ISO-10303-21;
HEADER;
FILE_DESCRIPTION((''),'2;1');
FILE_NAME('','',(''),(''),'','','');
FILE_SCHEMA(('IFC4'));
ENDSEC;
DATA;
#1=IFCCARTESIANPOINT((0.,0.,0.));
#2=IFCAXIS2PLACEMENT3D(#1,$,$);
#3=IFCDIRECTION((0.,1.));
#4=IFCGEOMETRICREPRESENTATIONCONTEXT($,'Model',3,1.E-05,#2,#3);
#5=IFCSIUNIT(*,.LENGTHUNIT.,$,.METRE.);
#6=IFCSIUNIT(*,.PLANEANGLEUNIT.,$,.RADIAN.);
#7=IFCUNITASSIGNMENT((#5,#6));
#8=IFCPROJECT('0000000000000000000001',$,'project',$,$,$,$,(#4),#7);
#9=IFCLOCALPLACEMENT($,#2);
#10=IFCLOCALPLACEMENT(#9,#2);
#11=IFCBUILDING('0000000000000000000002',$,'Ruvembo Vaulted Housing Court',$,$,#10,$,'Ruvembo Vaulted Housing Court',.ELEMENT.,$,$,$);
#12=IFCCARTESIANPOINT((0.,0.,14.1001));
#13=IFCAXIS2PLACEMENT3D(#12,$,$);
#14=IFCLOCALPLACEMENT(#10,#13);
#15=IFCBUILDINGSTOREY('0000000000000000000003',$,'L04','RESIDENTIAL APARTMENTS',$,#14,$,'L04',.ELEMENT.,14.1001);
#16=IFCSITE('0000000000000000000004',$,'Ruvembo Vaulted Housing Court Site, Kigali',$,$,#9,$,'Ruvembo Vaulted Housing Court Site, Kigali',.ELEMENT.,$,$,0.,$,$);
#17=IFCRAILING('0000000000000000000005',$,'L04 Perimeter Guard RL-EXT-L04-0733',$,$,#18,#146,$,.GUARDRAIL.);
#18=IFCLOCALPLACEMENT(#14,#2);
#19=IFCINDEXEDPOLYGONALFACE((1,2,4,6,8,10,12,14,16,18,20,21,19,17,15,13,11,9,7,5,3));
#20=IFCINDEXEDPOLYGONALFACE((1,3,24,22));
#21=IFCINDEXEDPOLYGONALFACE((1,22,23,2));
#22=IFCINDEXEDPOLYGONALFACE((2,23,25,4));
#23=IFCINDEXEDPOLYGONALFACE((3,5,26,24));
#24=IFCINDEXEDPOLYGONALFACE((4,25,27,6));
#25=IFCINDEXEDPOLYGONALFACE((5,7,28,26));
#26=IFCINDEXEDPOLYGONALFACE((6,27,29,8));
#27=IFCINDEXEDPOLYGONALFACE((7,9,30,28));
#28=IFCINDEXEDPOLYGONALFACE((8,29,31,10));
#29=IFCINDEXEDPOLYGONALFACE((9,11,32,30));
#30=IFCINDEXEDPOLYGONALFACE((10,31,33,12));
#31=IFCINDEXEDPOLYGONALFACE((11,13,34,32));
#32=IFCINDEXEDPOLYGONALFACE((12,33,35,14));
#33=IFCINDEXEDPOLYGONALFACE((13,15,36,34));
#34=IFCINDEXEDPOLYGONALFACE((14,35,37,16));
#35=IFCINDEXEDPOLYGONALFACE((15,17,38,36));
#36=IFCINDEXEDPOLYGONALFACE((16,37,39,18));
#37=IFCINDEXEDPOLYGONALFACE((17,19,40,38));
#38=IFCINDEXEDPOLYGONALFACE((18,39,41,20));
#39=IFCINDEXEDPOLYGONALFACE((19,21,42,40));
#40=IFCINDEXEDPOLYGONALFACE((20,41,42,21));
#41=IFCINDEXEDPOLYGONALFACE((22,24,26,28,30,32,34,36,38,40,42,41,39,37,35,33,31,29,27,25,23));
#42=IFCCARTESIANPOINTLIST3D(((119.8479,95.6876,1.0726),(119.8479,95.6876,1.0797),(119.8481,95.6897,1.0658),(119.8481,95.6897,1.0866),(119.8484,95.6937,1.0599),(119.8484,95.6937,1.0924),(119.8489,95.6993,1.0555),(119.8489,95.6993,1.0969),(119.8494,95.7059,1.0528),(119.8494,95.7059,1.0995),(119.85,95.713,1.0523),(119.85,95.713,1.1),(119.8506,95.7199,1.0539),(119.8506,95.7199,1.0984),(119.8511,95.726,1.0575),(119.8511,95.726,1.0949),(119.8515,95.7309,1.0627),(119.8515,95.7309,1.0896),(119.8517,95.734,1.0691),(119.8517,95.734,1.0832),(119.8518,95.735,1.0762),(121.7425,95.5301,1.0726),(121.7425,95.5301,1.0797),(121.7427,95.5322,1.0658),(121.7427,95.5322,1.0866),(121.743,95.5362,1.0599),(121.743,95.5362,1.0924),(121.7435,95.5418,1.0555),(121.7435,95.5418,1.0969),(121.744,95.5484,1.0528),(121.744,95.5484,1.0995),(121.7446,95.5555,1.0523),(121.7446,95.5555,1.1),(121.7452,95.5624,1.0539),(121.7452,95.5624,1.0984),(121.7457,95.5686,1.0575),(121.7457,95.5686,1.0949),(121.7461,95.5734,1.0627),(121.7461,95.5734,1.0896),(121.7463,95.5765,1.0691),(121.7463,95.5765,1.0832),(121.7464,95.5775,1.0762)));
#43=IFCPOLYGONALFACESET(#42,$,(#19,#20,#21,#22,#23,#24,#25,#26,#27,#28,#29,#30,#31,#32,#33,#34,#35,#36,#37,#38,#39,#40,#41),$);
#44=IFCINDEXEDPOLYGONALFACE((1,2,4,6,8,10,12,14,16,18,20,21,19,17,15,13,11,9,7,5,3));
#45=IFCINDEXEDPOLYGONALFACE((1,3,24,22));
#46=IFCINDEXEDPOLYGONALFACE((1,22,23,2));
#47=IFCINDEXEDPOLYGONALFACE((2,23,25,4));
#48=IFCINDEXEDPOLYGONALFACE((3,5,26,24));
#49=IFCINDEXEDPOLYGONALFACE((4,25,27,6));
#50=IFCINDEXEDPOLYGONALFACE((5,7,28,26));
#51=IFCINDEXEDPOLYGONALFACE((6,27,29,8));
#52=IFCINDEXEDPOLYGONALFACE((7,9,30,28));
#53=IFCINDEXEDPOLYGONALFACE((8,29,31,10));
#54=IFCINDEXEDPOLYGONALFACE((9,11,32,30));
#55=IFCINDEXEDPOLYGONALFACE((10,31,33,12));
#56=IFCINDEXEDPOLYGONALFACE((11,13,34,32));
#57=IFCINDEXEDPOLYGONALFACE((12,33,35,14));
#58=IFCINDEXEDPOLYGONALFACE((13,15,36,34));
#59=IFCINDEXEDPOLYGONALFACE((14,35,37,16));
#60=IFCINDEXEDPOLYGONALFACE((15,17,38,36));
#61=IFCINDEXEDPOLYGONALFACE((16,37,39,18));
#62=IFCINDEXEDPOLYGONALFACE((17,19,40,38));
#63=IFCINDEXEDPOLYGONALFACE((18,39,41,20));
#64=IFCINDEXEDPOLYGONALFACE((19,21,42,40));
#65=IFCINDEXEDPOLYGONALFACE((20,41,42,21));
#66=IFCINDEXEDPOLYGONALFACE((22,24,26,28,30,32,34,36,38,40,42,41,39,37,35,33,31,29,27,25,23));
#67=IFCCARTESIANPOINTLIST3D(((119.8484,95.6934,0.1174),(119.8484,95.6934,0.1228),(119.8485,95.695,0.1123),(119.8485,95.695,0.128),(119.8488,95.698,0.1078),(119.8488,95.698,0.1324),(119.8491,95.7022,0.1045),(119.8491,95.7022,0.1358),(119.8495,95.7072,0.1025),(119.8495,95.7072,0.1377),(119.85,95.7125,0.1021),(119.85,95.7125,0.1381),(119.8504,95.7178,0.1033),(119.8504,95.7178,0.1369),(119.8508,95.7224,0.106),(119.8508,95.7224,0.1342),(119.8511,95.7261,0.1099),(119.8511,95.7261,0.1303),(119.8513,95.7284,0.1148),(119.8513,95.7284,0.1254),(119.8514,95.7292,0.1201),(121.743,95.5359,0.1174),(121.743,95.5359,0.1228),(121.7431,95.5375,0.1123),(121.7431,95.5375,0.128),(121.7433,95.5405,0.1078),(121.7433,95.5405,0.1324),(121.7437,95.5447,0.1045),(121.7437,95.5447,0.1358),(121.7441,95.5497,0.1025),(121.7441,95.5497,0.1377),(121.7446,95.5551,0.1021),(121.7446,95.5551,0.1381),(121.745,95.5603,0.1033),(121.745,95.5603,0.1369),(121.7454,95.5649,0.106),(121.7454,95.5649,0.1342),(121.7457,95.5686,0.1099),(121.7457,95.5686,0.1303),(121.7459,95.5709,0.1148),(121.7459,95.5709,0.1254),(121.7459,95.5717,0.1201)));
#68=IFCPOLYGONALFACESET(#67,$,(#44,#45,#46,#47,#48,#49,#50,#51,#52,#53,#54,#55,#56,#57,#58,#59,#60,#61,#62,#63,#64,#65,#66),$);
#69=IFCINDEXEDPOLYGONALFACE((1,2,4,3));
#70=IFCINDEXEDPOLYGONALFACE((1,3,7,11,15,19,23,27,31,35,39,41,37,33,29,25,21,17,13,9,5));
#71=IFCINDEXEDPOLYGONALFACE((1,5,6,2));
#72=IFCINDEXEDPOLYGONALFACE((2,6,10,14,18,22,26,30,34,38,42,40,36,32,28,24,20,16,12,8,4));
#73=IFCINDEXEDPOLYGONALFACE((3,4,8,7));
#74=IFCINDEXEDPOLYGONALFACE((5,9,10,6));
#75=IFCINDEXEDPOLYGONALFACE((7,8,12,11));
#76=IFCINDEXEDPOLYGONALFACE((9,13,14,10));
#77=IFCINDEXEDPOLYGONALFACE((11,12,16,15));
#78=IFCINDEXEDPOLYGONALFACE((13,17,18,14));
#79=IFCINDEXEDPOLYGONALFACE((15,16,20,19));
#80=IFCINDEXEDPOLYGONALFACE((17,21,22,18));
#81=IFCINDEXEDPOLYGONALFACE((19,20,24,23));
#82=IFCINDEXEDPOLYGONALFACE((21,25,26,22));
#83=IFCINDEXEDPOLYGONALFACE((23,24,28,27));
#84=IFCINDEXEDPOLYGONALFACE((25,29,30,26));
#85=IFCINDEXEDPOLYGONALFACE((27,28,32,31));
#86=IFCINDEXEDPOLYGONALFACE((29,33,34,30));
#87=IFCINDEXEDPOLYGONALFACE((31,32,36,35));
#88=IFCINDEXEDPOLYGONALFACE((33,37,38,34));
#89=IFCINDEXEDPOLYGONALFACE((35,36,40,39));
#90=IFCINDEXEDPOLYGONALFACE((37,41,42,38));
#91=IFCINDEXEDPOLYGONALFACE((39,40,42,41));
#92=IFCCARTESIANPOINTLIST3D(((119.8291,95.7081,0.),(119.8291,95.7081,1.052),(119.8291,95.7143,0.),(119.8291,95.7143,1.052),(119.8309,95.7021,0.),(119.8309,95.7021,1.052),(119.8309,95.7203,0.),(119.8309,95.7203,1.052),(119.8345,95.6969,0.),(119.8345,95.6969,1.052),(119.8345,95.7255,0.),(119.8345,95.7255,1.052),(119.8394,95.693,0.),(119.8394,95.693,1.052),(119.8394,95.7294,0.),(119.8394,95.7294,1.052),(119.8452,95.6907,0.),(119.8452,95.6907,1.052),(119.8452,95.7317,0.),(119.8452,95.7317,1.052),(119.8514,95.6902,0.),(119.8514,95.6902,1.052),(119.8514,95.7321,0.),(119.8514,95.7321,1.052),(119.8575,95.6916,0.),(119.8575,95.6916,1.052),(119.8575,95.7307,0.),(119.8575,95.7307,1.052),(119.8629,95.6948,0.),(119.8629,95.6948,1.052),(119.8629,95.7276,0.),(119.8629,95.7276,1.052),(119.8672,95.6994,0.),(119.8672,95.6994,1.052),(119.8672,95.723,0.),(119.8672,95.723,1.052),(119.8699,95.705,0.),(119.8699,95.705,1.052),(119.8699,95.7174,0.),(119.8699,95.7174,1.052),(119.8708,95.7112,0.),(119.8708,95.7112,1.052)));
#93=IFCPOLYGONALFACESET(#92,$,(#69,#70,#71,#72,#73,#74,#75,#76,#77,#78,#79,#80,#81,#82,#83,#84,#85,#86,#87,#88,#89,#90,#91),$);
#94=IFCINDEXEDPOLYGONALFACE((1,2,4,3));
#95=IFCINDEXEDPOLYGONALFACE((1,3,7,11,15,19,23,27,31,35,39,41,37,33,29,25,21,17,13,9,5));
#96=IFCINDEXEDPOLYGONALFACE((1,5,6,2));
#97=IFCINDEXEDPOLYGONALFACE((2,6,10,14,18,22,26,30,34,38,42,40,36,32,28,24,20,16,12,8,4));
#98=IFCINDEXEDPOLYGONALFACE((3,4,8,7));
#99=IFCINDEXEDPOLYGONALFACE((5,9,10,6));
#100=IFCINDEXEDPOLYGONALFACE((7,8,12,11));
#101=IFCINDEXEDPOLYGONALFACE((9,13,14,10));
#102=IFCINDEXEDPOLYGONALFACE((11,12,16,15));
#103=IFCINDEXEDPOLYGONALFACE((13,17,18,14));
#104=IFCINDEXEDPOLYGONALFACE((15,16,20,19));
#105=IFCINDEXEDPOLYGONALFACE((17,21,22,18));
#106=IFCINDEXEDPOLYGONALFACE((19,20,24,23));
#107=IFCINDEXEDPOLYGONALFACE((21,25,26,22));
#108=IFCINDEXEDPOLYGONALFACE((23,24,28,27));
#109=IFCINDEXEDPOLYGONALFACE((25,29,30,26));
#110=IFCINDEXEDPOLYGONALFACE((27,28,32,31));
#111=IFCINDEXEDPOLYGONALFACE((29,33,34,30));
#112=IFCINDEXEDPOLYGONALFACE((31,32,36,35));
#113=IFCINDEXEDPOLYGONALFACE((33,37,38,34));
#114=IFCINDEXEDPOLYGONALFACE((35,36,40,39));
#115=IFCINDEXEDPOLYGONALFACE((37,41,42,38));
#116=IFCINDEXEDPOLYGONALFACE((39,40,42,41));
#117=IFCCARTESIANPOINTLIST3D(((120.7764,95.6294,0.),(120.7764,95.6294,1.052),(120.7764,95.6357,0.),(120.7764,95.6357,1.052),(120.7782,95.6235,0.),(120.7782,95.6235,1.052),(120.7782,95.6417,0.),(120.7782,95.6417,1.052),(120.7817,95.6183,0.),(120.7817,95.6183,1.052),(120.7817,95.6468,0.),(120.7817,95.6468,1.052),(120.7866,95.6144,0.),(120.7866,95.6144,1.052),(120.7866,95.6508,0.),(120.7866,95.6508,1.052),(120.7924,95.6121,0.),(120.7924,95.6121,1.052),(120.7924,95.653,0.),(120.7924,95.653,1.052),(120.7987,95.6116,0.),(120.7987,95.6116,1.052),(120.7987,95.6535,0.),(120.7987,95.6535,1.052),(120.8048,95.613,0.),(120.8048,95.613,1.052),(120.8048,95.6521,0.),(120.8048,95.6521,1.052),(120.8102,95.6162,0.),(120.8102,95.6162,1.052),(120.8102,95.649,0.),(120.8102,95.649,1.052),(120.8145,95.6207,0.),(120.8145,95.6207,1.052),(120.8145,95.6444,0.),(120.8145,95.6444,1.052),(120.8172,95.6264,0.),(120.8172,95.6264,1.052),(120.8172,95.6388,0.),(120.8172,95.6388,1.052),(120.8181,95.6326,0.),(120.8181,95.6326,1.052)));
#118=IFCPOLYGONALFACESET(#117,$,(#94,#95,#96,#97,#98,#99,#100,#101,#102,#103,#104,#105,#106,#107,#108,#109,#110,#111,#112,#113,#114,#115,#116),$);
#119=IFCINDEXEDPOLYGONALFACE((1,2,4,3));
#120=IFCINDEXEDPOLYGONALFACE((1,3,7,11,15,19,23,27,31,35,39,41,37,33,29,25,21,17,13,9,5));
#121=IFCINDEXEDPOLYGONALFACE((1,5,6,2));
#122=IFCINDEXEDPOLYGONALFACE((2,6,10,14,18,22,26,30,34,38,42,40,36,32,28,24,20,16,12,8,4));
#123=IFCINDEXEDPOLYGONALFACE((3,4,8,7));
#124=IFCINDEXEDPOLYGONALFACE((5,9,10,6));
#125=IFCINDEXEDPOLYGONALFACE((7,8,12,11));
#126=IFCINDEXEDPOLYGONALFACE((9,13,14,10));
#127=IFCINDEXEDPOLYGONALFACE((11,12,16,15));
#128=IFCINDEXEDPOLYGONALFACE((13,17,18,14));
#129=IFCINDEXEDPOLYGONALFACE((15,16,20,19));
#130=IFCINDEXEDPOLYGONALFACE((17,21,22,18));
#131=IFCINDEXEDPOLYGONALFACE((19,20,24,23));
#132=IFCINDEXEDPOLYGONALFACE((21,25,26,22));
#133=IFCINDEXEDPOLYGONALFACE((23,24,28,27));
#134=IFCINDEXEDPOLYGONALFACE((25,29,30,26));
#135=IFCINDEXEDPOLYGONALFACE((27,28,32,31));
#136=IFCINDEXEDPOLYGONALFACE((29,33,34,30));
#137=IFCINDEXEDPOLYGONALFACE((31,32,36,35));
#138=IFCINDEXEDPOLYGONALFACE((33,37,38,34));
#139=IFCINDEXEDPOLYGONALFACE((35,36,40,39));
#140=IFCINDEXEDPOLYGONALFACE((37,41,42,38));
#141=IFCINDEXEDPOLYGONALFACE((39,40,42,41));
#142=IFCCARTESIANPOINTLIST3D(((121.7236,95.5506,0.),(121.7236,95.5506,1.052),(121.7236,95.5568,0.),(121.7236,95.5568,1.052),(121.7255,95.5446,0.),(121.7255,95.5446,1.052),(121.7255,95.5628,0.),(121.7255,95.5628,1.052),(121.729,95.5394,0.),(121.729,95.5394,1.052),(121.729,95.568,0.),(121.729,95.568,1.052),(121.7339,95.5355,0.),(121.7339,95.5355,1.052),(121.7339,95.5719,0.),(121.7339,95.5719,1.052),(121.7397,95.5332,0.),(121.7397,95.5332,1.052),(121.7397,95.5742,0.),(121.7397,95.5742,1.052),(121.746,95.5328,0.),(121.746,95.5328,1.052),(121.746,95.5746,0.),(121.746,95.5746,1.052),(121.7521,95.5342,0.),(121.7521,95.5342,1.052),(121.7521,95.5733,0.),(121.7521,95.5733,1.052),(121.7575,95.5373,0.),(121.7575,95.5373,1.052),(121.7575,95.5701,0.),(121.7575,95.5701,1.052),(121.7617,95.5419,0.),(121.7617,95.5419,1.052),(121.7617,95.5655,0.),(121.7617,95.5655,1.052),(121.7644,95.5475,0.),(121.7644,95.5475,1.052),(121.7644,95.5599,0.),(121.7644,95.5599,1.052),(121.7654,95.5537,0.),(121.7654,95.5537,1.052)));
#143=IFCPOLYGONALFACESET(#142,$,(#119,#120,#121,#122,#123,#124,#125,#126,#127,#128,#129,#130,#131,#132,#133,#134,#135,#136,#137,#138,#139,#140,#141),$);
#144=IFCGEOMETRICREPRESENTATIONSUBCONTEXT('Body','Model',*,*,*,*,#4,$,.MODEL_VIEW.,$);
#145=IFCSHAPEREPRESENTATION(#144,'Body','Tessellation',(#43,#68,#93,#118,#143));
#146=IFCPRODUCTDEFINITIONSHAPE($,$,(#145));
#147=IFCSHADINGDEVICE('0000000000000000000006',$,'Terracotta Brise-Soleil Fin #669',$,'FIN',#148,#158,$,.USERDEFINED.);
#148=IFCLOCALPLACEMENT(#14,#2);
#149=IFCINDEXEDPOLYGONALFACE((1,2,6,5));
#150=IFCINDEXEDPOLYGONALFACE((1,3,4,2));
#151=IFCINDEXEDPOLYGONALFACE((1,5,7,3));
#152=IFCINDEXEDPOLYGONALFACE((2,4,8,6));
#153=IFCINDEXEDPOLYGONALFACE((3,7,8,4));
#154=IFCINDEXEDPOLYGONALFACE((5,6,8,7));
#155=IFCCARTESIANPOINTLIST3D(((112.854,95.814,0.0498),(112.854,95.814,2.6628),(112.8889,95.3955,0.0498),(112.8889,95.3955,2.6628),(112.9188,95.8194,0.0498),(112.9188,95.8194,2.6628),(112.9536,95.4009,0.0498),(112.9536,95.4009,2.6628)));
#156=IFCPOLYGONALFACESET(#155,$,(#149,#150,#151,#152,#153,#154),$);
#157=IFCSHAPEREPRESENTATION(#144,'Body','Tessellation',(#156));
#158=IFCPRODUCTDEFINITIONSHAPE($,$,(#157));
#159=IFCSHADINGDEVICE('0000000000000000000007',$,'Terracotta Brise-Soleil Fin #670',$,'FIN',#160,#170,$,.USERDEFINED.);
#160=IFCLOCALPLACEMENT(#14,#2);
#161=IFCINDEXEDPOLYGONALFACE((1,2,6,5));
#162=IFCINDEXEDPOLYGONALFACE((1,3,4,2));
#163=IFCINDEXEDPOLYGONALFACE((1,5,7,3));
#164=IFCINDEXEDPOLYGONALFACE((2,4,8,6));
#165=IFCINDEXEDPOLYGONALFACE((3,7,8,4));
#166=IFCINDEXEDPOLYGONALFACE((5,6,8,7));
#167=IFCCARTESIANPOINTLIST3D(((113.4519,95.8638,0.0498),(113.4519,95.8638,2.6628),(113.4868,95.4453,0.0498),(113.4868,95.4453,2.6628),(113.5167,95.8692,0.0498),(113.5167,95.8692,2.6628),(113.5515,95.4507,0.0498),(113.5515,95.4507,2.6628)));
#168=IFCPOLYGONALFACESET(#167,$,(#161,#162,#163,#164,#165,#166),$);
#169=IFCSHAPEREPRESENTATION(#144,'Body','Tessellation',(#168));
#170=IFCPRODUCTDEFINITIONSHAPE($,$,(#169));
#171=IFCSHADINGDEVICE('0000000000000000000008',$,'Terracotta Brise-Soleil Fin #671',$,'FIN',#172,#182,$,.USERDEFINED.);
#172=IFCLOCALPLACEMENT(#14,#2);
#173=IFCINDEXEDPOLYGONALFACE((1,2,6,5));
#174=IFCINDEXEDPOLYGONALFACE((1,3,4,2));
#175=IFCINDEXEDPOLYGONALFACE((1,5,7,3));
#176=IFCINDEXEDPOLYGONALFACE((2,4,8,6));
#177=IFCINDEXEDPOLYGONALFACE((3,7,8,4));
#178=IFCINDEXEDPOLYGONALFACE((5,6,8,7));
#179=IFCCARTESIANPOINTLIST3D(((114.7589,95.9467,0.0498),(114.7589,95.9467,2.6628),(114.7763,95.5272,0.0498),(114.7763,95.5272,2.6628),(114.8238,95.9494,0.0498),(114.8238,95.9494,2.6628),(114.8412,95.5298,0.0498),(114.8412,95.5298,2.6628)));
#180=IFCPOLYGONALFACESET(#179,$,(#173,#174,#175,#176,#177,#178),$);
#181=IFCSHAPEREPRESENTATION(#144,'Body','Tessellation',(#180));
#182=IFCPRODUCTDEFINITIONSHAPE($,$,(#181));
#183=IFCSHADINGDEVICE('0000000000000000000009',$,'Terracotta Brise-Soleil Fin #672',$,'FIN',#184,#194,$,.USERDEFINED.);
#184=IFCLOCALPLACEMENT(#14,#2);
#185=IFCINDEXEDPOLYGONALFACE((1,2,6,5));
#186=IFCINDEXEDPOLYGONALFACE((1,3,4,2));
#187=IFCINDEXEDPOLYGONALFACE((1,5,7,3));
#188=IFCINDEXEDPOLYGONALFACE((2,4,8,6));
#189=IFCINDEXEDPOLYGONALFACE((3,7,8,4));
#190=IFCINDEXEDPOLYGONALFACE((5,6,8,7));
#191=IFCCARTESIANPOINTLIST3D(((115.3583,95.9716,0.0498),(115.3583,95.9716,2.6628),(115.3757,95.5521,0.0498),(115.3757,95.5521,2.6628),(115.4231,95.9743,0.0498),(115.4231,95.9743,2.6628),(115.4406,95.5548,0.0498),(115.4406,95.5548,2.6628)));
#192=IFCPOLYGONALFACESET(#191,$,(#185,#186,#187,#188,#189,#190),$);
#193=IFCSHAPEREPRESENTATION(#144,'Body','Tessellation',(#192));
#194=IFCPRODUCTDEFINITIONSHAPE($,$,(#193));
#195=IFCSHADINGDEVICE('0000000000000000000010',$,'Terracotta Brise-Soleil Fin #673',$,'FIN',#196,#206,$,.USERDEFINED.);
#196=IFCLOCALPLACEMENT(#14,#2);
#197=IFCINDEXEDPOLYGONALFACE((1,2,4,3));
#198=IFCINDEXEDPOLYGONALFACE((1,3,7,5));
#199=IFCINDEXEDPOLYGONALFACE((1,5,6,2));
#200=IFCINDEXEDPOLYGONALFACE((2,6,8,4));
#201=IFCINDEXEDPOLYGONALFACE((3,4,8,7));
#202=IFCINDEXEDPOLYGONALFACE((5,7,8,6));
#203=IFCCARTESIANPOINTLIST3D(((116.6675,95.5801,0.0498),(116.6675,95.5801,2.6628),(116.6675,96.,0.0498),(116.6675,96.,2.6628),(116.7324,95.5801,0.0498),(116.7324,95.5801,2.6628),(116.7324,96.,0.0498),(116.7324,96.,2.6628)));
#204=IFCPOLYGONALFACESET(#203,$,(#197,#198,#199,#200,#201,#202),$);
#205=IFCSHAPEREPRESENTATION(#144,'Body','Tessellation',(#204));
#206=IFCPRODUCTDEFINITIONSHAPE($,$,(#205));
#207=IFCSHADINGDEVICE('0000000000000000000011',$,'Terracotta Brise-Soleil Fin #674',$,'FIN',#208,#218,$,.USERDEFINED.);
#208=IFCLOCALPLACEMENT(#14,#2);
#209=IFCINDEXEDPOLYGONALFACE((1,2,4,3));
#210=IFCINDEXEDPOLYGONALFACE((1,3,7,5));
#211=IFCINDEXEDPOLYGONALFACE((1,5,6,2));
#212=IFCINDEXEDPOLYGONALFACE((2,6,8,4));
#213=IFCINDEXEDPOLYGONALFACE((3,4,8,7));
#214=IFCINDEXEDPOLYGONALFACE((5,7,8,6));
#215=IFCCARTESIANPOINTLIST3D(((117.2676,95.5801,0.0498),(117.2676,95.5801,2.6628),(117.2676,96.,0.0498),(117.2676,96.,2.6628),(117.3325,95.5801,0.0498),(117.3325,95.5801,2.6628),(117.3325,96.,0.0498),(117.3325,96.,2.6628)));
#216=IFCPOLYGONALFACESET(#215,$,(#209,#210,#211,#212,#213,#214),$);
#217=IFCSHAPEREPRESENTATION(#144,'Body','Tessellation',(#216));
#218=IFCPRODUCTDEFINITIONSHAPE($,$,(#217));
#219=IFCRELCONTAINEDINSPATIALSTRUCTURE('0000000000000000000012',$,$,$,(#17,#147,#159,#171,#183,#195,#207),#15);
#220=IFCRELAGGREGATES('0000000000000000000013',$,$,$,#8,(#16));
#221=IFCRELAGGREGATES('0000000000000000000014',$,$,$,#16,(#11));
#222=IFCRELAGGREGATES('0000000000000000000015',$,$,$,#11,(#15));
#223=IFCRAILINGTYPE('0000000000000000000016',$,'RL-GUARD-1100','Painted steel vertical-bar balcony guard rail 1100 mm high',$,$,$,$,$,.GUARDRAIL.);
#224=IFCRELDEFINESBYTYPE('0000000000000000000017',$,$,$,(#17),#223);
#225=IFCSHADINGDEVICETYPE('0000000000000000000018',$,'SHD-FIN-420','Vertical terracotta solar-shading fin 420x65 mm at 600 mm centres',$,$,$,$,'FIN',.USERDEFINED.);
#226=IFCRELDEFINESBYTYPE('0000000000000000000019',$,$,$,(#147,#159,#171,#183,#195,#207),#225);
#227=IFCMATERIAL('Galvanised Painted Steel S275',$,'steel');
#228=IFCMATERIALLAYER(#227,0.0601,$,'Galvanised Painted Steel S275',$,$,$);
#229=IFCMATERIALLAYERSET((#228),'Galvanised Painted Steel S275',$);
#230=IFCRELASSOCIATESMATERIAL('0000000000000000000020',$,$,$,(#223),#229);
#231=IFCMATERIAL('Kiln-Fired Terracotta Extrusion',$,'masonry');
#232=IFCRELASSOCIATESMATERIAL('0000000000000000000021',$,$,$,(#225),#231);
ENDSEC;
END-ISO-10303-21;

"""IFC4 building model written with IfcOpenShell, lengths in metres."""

from ifc_helpers import new_model, si_unit, direction, frame, origin, origin_2d, place, context, subcontext, project, spatial, rectangle, circle, extrude, material, layer, layer_set, type_object, element, save


model = new_model("IFC4")

# Units and contexts
model_context = context("Model", 3, precision=1e-05, world=origin(), true_north=direction((0.0, 1.0)))
body_context = subcontext(model_context, "Body", "Model", "MODEL_VIEW")
ifc_project = project(units=[si_unit("LENGTHUNIT", "METRE"), si_unit("PLANEANGLEUNIT", "RADIAN")], contexts=[model_context])

# Site, building, storey
site_placement = place(None, origin())
site = spatial("IfcSite", under=ifc_project, at=site_placement, Name="Ruvembo Vaulted Housing Court Site, Kigali", LongName="Ruvembo Vaulted Housing Court Site, Kigali", CompositionType="ELEMENT", RefElevation=0.0)
building_placement = place(site_placement, origin())
building = spatial("IfcBuilding", under=site, at=building_placement, Name="Ruvembo Vaulted Housing Court", LongName="Ruvembo Vaulted Housing Court", CompositionType="ELEMENT")
storey_placement = place(building_placement, frame((0.0, 0.0, 14.1001)))
storey = spatial("IfcBuildingStorey", under=building, at=storey_placement, Name="L04", Description="RESIDENTIAL APARTMENTS", LongName="L04", CompositionType="ELEMENT", Elevation=14.1001)

# Railing
ifc_material_1 = material(Name="Galvanised Painted Steel S275", Category="steel")
ifc_layer = layer(ifc_material_1, 0.0601, Name="Galvanised Painted Steel S275")
ifc_layer_set = layer_set([ifc_layer], Name="Galvanised Painted Steel S275")
railing_type = type_object("IfcRailingType", Name="RL-GUARD-1100", Description="Painted steel vertical-bar balcony guard rail 1100 mm high", PredefinedType="GUARDRAIL", material=ifc_layer_set)
railing_1_placement = place(storey_placement, frame((119.8499, 95.7112, 0.0)))
element("IfcRailing", 1, at=railing_1_placement, inside=storey, type_object=railing_type, Name="L04 Perimeter Guard RL-EXT-L04-0733", PredefinedType="GUARDRAIL", context=body_context, shape_type="SweptSolid", body=[
    extrude(circle(Radius=0.0239, at=origin_2d()), frame((0.0, 0.0, 1.0762), z_axis=(0.996563, -0.082833, 0.0), x_axis=(0.082833, 0.996563, 0.0)), (0.0, 0.0, 1.0), 1.9011),
    extrude(circle(Radius=0.0181, at=origin_2d()), frame((0.0, 0.0, 0.1201), z_axis=(0.996563, -0.082833, 0.0), x_axis=(0.082833, 0.996563, 0.0)), (0.0, 0.0, 1.0), 1.9011),
    extrude(circle(Radius=0.021, at=origin_2d()), origin(), (0.0, 0.0, 1.0), 1.052),
    extrude(circle(Radius=0.021, at=origin_2d()), frame((0.9473, -0.0786, 0.0)), (0.0, 0.0, 1.0), 1.052),
    extrude(circle(Radius=0.021, at=origin_2d()), frame((1.8945, -0.1575, 0.0)), (0.0, 0.0, 1.0), 1.052),
])

# Shading devices
ifc_material_2 = material(Name="Kiln-Fired Terracotta Extrusion", Category="masonry")
shading_device_type = type_object("IfcShadingDeviceType", Name="SHD-FIN-420", Description="Vertical terracotta solar-shading fin 420x65 mm at 600 mm centres", ElementType="FIN", PredefinedType="USERDEFINED", material=ifc_material_2)
for number, where, z_axis, x_axis, name in (
    (2, (112.9038, 95.6074, 0.0498), (0.0, 0.0, 1.0), (0.082895, -0.996558, 0.0), "Terracotta Brise-Soleil Fin #669"),
    (3, (113.5017, 95.6572, 0.0498), (0.0, 0.0, 1.0), (0.082895, -0.996558, 0.0), "Terracotta Brise-Soleil Fin #670"),
    (4, (114.8, 95.7383, 0.0498), (0.0, 0.0, 1.0), (0.041509, -0.999138, 0.0), "Terracotta Brise-Soleil Fin #671"),
    (5, (115.3994, 95.7632, 0.0498), (0.0, 0.0, 1.0), (0.041509, -0.999138, 0.0), "Terracotta Brise-Soleil Fin #672"),
    (6, (116.7, 95.79, 0.0498), (0.0, 0.0, 1.0), (0.0, -1.0, 0.0), "Terracotta Brise-Soleil Fin #673"),
    (7, (117.3, 95.79, 0.0498), (0.0, 0.0, 1.0), (0.0, -1.0, 0.0), "Terracotta Brise-Soleil Fin #674"),
):
    element("IfcShadingDevice", number, at=place(storey_placement, frame(where, z_axis=z_axis, x_axis=x_axis)), inside=storey, type_object=shading_device_type, Name=name, ObjectType="FIN", PredefinedType="USERDEFINED", context=body_context, shape_type="SweptSolid", body=[
        extrude(rectangle(XDim=0.4199, YDim=0.0649, at=origin_2d()), origin(), (0.0, 0.0, 1.0), 2.613),
    ])

save(model, "model.ifc")
